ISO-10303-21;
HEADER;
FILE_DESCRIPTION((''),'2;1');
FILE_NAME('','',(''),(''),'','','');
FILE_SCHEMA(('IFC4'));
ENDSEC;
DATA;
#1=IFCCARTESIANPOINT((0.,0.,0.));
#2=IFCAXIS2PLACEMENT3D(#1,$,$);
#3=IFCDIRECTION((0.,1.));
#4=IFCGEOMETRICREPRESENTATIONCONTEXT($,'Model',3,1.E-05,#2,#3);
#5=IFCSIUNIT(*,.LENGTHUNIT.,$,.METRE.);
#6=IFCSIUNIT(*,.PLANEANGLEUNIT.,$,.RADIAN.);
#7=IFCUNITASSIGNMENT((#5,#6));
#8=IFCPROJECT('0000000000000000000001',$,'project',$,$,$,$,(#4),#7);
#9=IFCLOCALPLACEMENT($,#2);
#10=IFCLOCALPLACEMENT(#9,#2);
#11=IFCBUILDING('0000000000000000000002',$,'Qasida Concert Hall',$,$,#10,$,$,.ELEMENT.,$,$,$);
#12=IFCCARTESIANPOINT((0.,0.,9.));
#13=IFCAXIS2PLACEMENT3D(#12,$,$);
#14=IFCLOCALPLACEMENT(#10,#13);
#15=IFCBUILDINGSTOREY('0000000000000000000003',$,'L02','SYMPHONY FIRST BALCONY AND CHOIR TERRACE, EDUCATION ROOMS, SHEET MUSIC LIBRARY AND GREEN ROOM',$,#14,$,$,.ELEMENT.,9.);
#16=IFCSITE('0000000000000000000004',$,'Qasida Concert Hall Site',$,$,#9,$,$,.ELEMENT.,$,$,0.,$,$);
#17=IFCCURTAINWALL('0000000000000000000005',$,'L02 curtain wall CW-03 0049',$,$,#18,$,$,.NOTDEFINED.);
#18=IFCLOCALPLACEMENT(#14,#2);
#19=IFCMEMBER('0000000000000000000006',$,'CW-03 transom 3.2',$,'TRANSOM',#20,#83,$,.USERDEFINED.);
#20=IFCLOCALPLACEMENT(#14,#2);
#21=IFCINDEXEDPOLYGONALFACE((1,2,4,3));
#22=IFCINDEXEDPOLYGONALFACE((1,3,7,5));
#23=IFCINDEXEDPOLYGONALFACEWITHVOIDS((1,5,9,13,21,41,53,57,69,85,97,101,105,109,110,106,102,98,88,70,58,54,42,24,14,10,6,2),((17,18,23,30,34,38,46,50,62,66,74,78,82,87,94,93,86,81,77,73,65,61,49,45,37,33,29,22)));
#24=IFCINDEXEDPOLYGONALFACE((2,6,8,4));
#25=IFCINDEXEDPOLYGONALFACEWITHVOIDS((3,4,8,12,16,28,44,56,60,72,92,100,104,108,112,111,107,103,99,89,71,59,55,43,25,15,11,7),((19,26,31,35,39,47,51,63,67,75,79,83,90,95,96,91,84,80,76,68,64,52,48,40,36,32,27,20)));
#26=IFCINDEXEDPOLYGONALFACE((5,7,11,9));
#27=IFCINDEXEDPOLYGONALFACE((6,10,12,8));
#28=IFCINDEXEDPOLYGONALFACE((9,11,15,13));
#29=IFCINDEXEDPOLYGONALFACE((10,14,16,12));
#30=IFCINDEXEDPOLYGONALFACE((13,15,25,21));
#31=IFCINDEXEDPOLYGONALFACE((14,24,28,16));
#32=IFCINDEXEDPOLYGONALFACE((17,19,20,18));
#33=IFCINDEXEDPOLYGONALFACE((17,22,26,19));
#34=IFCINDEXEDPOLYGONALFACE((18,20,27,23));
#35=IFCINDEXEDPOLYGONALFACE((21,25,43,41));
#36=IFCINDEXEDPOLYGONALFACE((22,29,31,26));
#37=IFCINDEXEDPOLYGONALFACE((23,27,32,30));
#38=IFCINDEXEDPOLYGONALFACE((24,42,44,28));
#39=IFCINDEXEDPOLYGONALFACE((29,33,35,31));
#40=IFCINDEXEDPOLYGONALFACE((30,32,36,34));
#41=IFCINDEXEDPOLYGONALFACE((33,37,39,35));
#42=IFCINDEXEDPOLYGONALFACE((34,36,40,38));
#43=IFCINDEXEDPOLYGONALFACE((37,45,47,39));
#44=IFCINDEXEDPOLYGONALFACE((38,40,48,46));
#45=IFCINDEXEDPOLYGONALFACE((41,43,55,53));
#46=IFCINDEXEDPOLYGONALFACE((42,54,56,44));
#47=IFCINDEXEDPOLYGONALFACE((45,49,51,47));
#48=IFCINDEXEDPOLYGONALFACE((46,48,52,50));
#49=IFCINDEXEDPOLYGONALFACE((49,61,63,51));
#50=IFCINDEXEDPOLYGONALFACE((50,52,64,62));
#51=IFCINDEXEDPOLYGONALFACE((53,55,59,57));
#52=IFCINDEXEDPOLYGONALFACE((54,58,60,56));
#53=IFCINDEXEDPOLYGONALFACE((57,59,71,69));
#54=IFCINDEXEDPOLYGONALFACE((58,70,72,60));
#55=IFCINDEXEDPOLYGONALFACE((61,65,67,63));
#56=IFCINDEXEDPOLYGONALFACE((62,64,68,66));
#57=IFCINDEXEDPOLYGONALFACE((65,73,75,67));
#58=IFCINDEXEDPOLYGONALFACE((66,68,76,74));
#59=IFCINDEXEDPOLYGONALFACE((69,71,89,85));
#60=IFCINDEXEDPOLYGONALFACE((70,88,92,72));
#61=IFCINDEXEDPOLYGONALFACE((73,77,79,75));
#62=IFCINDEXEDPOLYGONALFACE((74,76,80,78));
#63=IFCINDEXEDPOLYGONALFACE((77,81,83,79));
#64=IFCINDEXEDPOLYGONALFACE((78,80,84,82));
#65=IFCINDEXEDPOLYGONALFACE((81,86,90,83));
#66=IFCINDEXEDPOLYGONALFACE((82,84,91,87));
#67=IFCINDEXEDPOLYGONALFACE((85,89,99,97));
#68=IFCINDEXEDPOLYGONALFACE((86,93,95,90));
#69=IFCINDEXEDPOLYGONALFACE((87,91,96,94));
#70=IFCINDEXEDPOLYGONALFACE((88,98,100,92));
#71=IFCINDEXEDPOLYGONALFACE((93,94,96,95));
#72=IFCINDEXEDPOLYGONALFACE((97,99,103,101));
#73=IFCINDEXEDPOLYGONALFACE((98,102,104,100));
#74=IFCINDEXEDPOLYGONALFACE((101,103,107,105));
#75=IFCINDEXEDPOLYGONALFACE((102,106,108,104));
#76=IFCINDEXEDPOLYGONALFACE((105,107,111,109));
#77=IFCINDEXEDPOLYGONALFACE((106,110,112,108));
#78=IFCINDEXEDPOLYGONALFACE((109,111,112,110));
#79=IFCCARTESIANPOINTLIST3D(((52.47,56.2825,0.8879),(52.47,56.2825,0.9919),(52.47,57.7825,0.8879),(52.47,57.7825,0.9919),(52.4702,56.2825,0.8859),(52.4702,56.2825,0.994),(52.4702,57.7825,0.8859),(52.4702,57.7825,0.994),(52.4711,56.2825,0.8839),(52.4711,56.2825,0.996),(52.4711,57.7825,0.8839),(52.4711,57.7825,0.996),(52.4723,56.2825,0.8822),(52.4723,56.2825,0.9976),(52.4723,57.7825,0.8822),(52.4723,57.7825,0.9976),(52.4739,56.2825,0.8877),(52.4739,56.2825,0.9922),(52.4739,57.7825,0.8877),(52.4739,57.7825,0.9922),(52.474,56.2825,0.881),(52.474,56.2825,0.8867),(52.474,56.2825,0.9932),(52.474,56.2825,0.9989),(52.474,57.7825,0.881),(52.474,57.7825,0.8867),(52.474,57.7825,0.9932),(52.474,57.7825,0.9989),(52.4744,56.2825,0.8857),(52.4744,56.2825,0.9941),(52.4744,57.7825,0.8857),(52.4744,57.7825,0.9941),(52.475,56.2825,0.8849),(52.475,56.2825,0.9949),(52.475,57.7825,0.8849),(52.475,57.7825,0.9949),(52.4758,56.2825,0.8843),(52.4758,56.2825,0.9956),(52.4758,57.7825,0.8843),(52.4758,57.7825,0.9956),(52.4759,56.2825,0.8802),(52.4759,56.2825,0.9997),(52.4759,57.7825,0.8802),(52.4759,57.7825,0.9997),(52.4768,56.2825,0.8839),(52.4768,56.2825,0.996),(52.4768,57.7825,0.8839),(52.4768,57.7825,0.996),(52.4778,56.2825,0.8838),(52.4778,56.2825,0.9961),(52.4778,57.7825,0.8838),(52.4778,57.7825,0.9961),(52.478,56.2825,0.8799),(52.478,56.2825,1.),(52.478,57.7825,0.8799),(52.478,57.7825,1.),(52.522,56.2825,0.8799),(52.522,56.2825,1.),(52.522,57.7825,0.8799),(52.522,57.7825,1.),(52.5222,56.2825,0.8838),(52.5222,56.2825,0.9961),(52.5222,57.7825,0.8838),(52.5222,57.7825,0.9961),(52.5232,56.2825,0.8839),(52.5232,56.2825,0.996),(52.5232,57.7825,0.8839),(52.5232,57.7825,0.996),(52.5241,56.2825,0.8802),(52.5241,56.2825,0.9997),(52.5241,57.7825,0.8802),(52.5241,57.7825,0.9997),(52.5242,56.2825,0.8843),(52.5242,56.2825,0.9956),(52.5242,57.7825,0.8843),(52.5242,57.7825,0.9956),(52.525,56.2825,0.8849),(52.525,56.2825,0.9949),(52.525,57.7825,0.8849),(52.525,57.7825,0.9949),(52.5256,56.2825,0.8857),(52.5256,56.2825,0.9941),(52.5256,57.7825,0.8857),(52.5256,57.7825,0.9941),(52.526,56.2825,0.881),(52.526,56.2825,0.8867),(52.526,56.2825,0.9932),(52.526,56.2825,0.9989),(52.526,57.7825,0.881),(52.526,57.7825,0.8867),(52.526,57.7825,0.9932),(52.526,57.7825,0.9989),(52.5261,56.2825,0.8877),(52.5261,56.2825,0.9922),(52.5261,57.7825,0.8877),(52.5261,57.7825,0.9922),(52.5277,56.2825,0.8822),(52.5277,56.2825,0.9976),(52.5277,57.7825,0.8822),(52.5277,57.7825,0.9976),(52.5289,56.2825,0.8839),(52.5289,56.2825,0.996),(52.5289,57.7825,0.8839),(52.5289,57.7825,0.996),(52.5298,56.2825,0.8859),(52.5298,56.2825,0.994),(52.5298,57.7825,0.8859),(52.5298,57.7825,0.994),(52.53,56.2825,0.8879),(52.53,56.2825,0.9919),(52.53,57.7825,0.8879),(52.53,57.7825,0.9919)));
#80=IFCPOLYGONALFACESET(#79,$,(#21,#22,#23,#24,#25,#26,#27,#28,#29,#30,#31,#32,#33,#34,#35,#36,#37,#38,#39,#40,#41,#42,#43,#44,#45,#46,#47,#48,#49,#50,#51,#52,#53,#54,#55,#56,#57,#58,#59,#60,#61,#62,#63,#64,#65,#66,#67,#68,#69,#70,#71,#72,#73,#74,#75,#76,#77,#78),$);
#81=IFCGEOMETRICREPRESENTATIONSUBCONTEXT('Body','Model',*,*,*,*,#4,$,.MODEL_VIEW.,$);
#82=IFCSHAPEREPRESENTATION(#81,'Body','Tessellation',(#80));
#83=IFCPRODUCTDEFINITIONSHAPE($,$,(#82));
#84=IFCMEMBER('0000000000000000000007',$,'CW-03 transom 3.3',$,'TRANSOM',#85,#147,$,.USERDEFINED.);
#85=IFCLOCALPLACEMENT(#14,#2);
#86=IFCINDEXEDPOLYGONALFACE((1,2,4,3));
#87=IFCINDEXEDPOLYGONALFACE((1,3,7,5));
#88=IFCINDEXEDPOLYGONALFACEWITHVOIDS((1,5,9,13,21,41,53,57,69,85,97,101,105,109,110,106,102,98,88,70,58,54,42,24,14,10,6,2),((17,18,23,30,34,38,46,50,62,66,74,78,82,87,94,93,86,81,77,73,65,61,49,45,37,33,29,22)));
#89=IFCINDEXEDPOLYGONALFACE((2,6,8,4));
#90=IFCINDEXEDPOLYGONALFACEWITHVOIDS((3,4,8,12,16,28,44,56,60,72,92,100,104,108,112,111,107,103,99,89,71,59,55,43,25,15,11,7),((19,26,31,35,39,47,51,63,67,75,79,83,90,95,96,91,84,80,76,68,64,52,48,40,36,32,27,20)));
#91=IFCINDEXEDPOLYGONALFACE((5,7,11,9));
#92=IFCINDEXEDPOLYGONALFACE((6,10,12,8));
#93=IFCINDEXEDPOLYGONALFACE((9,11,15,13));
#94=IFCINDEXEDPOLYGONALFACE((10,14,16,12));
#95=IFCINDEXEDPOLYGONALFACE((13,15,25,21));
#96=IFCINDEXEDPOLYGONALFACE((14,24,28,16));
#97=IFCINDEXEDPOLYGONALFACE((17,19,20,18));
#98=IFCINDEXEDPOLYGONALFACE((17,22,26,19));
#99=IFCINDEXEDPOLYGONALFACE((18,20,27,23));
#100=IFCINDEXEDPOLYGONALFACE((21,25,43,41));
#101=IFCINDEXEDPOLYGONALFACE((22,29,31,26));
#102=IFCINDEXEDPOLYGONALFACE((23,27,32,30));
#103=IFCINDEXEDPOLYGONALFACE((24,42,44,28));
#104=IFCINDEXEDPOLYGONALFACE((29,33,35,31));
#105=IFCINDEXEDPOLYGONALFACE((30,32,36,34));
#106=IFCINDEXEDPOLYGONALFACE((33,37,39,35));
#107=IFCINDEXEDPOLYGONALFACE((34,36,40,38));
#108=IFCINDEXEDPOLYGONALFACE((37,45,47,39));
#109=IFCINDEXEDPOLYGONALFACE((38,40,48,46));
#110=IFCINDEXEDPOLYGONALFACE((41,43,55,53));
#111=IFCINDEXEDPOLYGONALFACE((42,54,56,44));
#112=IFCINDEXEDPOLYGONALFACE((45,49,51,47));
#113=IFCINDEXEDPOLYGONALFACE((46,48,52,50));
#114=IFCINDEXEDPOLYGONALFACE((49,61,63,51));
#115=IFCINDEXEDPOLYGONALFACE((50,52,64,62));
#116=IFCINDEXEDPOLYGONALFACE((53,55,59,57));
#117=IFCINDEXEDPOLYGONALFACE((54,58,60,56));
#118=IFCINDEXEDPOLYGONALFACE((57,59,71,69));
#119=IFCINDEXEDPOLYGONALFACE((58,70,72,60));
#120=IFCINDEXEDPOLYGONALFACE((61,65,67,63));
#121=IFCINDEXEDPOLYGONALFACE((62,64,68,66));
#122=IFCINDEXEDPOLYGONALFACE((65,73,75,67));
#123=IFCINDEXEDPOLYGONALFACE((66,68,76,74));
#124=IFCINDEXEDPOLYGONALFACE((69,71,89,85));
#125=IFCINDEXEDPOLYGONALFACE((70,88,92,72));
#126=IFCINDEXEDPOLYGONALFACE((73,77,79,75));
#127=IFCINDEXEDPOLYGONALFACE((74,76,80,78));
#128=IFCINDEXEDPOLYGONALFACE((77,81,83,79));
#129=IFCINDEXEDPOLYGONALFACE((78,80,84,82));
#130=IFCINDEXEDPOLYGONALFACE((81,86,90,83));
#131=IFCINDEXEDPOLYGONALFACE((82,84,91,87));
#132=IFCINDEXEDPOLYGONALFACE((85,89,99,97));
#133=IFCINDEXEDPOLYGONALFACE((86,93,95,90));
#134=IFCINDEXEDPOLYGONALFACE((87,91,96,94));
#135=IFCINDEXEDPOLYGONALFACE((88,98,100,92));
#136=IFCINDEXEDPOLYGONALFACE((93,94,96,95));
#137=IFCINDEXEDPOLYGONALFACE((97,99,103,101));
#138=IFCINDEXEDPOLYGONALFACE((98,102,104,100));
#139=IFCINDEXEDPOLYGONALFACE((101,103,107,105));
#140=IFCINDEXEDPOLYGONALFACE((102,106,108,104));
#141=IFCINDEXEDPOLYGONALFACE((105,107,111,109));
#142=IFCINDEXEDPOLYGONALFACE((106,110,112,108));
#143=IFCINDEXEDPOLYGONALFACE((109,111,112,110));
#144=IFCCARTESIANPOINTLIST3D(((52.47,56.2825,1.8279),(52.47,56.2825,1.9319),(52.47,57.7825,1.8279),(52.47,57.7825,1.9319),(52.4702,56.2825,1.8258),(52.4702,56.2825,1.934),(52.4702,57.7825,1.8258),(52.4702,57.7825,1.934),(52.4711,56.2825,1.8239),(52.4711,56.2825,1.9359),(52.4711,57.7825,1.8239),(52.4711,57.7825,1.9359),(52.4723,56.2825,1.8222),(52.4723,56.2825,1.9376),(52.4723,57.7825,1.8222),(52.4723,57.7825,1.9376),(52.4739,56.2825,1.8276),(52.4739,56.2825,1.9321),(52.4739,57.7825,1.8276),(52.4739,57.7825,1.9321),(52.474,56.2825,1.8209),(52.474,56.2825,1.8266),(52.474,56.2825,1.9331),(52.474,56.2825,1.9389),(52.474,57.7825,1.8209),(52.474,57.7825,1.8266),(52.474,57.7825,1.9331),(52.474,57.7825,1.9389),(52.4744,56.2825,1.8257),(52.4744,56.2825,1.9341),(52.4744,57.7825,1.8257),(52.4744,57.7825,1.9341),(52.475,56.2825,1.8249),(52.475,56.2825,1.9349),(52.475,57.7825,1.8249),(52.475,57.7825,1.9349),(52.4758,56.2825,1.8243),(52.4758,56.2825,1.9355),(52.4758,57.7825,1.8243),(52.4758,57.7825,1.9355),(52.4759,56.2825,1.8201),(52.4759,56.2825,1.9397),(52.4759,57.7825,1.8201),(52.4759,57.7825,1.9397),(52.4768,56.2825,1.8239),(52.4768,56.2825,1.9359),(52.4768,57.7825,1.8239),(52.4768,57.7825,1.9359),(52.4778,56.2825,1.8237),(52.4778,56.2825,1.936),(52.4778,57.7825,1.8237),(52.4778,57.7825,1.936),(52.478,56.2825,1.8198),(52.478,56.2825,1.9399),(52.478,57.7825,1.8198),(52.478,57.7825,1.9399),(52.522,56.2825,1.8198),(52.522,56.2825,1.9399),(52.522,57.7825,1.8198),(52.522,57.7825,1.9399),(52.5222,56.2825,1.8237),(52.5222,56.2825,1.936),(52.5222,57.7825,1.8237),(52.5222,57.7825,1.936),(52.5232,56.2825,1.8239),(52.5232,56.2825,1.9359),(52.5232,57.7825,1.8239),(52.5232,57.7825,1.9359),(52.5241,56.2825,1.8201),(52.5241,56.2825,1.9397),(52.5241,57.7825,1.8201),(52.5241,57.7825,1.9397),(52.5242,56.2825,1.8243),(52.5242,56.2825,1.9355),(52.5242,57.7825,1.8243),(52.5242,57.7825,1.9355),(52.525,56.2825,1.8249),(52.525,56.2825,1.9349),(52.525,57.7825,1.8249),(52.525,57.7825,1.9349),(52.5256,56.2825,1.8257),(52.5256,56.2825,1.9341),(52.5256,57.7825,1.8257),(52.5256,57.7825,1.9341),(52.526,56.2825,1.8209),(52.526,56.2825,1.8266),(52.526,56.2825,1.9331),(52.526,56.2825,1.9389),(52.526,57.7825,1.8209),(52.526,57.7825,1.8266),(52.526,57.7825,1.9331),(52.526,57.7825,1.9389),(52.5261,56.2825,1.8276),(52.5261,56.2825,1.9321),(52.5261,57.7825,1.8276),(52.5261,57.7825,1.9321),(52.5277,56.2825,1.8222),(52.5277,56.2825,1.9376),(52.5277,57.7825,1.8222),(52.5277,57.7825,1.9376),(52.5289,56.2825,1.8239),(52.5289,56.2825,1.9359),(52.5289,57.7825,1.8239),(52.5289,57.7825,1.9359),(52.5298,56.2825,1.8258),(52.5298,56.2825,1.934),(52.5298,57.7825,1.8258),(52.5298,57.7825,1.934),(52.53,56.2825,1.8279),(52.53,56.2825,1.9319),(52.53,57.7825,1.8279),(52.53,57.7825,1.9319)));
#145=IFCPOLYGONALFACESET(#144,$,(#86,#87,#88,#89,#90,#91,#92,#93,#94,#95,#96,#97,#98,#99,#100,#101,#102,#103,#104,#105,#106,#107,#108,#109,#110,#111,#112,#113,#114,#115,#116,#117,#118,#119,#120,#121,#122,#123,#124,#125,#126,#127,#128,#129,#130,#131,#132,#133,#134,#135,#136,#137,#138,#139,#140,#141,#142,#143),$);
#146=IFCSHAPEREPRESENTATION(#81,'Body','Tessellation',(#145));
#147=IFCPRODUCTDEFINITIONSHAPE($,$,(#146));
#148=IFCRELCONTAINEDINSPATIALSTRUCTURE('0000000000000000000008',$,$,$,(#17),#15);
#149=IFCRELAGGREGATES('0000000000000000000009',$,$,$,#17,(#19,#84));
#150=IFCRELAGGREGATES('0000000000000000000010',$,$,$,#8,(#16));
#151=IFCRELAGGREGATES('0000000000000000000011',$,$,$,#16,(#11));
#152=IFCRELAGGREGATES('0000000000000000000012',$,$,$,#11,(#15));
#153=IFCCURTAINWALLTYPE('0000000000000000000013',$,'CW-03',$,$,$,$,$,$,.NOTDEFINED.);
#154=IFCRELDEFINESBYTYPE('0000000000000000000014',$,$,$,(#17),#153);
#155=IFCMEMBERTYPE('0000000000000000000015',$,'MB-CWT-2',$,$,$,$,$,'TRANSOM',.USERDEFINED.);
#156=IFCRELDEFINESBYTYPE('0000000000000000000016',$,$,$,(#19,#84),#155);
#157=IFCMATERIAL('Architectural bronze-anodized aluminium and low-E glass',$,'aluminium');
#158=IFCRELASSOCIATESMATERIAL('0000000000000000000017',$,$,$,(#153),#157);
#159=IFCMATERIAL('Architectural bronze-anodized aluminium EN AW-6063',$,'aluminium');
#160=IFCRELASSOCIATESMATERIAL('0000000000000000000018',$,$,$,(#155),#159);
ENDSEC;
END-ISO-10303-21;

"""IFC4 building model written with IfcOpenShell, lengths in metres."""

from ifc_helpers import new_model, si_unit, direction, frame, origin, origin_2d, place, context, subcontext, project, spatial, hollow_rectangle, extrude, material, material_profile, profile_set, type_object, element, aggregate, save


model = new_model("IFC4")

# Units and contexts
model_context = context("Model", 3, precision=1e-05, world=origin(), true_north=direction((0.0, 1.0)))
body_context = subcontext(model_context, "Body", "Model", "MODEL_VIEW")
ifc_project = project(units=[si_unit("LENGTHUNIT", "METRE"), si_unit("PLANEANGLEUNIT", "RADIAN")], contexts=[model_context])

# Site, building, storey
site_placement = place(None, origin())
site = spatial("IfcSite", under=ifc_project, at=site_placement, Name="Qasida Concert Hall Site", CompositionType="ELEMENT", RefElevation=0.0)
building_placement = place(site_placement, origin())
building = spatial("IfcBuilding", under=site, at=building_placement, Name="Qasida Concert Hall", CompositionType="ELEMENT")
storey_placement = place(building_placement, frame((0.0, 0.0, 9.0)))
storey = spatial("IfcBuildingStorey", under=building, at=storey_placement, Name="L02", Description="SYMPHONY FIRST BALCONY AND CHOIR TERRACE, EDUCATION ROOMS, SHEET MUSIC LIBRARY AND GREEN ROOM", CompositionType="ELEMENT", Elevation=9.0)

# Curtain wall, members
ifc_material_1 = material(Name="Architectural bronze-anodized aluminium and low-E glass", Category="aluminium")
curtain_wall_type = type_object("IfcCurtainWallType", Name="CW-03", PredefinedType="NOTDEFINED", material=ifc_material_1)
curtain_wall_placement = place(storey_placement, origin())
curtain_wall = element("IfcCurtainWall", 1, at=curtain_wall_placement, inside=storey, type_object=curtain_wall_type, Name="L02 curtain wall CW-03 0049", PredefinedType="NOTDEFINED")
ifc_material_2 = material(Name="Architectural bronze-anodized aluminium EN AW-6063", Category="aluminium")
ifc_material_profile = material_profile(ifc_material_2, hollow_rectangle(XDim=0.0601, YDim=0.1201, WallThickness=0.0039, InnerFilletRadius=0.0039, OuterFilletRadius=0.0081, at=origin_2d()), Name="CWT 120x60x4")
ifc_profile_set = profile_set([ifc_material_profile], Name="Architectural bronze-anodized aluminium EN AW-6063")
member_type = type_object("IfcMemberType", Name="MB-CWT-2", ElementType="TRANSOM", PredefinedType="USERDEFINED", material=ifc_profile_set)
member_1_placement = place(storey_placement, frame((52.5, 56.2825, 0.9399), z_axis=(0.0, 1.0, 0.0), x_axis=(-1.0, 0.0, 0.0)))
member_1 = element("IfcMember", 2, at=member_1_placement, type_object=member_type, Name="CW-03 transom 3.2", ObjectType="TRANSOM", PredefinedType="USERDEFINED", context=body_context, shape_type="SweptSolid", body=[
    extrude(hollow_rectangle(XDim=0.0601, YDim=0.1201, WallThickness=0.0039, InnerFilletRadius=0.0039, OuterFilletRadius=0.0081, at=origin_2d()), origin(), (0.0, 0.0, 1.0), 1.5),
])
member_2_placement = place(storey_placement, frame((52.5, 56.2825, 1.8799), z_axis=(0.0, 1.0, 0.0), x_axis=(-1.0, 0.0, 0.0)))
member_2 = element("IfcMember", 3, at=member_2_placement, type_object=member_type, Name="CW-03 transom 3.3", ObjectType="TRANSOM", PredefinedType="USERDEFINED", context=body_context, shape_type="SweptSolid", body=[
    extrude(hollow_rectangle(XDim=0.0601, YDim=0.1201, WallThickness=0.0039, InnerFilletRadius=0.0039, OuterFilletRadius=0.0081, at=origin_2d()), origin(), (0.0, 0.0, 1.0), 1.5),
])
aggregate(curtain_wall, [member_1, member_2])

save(model, "model.ifc")
